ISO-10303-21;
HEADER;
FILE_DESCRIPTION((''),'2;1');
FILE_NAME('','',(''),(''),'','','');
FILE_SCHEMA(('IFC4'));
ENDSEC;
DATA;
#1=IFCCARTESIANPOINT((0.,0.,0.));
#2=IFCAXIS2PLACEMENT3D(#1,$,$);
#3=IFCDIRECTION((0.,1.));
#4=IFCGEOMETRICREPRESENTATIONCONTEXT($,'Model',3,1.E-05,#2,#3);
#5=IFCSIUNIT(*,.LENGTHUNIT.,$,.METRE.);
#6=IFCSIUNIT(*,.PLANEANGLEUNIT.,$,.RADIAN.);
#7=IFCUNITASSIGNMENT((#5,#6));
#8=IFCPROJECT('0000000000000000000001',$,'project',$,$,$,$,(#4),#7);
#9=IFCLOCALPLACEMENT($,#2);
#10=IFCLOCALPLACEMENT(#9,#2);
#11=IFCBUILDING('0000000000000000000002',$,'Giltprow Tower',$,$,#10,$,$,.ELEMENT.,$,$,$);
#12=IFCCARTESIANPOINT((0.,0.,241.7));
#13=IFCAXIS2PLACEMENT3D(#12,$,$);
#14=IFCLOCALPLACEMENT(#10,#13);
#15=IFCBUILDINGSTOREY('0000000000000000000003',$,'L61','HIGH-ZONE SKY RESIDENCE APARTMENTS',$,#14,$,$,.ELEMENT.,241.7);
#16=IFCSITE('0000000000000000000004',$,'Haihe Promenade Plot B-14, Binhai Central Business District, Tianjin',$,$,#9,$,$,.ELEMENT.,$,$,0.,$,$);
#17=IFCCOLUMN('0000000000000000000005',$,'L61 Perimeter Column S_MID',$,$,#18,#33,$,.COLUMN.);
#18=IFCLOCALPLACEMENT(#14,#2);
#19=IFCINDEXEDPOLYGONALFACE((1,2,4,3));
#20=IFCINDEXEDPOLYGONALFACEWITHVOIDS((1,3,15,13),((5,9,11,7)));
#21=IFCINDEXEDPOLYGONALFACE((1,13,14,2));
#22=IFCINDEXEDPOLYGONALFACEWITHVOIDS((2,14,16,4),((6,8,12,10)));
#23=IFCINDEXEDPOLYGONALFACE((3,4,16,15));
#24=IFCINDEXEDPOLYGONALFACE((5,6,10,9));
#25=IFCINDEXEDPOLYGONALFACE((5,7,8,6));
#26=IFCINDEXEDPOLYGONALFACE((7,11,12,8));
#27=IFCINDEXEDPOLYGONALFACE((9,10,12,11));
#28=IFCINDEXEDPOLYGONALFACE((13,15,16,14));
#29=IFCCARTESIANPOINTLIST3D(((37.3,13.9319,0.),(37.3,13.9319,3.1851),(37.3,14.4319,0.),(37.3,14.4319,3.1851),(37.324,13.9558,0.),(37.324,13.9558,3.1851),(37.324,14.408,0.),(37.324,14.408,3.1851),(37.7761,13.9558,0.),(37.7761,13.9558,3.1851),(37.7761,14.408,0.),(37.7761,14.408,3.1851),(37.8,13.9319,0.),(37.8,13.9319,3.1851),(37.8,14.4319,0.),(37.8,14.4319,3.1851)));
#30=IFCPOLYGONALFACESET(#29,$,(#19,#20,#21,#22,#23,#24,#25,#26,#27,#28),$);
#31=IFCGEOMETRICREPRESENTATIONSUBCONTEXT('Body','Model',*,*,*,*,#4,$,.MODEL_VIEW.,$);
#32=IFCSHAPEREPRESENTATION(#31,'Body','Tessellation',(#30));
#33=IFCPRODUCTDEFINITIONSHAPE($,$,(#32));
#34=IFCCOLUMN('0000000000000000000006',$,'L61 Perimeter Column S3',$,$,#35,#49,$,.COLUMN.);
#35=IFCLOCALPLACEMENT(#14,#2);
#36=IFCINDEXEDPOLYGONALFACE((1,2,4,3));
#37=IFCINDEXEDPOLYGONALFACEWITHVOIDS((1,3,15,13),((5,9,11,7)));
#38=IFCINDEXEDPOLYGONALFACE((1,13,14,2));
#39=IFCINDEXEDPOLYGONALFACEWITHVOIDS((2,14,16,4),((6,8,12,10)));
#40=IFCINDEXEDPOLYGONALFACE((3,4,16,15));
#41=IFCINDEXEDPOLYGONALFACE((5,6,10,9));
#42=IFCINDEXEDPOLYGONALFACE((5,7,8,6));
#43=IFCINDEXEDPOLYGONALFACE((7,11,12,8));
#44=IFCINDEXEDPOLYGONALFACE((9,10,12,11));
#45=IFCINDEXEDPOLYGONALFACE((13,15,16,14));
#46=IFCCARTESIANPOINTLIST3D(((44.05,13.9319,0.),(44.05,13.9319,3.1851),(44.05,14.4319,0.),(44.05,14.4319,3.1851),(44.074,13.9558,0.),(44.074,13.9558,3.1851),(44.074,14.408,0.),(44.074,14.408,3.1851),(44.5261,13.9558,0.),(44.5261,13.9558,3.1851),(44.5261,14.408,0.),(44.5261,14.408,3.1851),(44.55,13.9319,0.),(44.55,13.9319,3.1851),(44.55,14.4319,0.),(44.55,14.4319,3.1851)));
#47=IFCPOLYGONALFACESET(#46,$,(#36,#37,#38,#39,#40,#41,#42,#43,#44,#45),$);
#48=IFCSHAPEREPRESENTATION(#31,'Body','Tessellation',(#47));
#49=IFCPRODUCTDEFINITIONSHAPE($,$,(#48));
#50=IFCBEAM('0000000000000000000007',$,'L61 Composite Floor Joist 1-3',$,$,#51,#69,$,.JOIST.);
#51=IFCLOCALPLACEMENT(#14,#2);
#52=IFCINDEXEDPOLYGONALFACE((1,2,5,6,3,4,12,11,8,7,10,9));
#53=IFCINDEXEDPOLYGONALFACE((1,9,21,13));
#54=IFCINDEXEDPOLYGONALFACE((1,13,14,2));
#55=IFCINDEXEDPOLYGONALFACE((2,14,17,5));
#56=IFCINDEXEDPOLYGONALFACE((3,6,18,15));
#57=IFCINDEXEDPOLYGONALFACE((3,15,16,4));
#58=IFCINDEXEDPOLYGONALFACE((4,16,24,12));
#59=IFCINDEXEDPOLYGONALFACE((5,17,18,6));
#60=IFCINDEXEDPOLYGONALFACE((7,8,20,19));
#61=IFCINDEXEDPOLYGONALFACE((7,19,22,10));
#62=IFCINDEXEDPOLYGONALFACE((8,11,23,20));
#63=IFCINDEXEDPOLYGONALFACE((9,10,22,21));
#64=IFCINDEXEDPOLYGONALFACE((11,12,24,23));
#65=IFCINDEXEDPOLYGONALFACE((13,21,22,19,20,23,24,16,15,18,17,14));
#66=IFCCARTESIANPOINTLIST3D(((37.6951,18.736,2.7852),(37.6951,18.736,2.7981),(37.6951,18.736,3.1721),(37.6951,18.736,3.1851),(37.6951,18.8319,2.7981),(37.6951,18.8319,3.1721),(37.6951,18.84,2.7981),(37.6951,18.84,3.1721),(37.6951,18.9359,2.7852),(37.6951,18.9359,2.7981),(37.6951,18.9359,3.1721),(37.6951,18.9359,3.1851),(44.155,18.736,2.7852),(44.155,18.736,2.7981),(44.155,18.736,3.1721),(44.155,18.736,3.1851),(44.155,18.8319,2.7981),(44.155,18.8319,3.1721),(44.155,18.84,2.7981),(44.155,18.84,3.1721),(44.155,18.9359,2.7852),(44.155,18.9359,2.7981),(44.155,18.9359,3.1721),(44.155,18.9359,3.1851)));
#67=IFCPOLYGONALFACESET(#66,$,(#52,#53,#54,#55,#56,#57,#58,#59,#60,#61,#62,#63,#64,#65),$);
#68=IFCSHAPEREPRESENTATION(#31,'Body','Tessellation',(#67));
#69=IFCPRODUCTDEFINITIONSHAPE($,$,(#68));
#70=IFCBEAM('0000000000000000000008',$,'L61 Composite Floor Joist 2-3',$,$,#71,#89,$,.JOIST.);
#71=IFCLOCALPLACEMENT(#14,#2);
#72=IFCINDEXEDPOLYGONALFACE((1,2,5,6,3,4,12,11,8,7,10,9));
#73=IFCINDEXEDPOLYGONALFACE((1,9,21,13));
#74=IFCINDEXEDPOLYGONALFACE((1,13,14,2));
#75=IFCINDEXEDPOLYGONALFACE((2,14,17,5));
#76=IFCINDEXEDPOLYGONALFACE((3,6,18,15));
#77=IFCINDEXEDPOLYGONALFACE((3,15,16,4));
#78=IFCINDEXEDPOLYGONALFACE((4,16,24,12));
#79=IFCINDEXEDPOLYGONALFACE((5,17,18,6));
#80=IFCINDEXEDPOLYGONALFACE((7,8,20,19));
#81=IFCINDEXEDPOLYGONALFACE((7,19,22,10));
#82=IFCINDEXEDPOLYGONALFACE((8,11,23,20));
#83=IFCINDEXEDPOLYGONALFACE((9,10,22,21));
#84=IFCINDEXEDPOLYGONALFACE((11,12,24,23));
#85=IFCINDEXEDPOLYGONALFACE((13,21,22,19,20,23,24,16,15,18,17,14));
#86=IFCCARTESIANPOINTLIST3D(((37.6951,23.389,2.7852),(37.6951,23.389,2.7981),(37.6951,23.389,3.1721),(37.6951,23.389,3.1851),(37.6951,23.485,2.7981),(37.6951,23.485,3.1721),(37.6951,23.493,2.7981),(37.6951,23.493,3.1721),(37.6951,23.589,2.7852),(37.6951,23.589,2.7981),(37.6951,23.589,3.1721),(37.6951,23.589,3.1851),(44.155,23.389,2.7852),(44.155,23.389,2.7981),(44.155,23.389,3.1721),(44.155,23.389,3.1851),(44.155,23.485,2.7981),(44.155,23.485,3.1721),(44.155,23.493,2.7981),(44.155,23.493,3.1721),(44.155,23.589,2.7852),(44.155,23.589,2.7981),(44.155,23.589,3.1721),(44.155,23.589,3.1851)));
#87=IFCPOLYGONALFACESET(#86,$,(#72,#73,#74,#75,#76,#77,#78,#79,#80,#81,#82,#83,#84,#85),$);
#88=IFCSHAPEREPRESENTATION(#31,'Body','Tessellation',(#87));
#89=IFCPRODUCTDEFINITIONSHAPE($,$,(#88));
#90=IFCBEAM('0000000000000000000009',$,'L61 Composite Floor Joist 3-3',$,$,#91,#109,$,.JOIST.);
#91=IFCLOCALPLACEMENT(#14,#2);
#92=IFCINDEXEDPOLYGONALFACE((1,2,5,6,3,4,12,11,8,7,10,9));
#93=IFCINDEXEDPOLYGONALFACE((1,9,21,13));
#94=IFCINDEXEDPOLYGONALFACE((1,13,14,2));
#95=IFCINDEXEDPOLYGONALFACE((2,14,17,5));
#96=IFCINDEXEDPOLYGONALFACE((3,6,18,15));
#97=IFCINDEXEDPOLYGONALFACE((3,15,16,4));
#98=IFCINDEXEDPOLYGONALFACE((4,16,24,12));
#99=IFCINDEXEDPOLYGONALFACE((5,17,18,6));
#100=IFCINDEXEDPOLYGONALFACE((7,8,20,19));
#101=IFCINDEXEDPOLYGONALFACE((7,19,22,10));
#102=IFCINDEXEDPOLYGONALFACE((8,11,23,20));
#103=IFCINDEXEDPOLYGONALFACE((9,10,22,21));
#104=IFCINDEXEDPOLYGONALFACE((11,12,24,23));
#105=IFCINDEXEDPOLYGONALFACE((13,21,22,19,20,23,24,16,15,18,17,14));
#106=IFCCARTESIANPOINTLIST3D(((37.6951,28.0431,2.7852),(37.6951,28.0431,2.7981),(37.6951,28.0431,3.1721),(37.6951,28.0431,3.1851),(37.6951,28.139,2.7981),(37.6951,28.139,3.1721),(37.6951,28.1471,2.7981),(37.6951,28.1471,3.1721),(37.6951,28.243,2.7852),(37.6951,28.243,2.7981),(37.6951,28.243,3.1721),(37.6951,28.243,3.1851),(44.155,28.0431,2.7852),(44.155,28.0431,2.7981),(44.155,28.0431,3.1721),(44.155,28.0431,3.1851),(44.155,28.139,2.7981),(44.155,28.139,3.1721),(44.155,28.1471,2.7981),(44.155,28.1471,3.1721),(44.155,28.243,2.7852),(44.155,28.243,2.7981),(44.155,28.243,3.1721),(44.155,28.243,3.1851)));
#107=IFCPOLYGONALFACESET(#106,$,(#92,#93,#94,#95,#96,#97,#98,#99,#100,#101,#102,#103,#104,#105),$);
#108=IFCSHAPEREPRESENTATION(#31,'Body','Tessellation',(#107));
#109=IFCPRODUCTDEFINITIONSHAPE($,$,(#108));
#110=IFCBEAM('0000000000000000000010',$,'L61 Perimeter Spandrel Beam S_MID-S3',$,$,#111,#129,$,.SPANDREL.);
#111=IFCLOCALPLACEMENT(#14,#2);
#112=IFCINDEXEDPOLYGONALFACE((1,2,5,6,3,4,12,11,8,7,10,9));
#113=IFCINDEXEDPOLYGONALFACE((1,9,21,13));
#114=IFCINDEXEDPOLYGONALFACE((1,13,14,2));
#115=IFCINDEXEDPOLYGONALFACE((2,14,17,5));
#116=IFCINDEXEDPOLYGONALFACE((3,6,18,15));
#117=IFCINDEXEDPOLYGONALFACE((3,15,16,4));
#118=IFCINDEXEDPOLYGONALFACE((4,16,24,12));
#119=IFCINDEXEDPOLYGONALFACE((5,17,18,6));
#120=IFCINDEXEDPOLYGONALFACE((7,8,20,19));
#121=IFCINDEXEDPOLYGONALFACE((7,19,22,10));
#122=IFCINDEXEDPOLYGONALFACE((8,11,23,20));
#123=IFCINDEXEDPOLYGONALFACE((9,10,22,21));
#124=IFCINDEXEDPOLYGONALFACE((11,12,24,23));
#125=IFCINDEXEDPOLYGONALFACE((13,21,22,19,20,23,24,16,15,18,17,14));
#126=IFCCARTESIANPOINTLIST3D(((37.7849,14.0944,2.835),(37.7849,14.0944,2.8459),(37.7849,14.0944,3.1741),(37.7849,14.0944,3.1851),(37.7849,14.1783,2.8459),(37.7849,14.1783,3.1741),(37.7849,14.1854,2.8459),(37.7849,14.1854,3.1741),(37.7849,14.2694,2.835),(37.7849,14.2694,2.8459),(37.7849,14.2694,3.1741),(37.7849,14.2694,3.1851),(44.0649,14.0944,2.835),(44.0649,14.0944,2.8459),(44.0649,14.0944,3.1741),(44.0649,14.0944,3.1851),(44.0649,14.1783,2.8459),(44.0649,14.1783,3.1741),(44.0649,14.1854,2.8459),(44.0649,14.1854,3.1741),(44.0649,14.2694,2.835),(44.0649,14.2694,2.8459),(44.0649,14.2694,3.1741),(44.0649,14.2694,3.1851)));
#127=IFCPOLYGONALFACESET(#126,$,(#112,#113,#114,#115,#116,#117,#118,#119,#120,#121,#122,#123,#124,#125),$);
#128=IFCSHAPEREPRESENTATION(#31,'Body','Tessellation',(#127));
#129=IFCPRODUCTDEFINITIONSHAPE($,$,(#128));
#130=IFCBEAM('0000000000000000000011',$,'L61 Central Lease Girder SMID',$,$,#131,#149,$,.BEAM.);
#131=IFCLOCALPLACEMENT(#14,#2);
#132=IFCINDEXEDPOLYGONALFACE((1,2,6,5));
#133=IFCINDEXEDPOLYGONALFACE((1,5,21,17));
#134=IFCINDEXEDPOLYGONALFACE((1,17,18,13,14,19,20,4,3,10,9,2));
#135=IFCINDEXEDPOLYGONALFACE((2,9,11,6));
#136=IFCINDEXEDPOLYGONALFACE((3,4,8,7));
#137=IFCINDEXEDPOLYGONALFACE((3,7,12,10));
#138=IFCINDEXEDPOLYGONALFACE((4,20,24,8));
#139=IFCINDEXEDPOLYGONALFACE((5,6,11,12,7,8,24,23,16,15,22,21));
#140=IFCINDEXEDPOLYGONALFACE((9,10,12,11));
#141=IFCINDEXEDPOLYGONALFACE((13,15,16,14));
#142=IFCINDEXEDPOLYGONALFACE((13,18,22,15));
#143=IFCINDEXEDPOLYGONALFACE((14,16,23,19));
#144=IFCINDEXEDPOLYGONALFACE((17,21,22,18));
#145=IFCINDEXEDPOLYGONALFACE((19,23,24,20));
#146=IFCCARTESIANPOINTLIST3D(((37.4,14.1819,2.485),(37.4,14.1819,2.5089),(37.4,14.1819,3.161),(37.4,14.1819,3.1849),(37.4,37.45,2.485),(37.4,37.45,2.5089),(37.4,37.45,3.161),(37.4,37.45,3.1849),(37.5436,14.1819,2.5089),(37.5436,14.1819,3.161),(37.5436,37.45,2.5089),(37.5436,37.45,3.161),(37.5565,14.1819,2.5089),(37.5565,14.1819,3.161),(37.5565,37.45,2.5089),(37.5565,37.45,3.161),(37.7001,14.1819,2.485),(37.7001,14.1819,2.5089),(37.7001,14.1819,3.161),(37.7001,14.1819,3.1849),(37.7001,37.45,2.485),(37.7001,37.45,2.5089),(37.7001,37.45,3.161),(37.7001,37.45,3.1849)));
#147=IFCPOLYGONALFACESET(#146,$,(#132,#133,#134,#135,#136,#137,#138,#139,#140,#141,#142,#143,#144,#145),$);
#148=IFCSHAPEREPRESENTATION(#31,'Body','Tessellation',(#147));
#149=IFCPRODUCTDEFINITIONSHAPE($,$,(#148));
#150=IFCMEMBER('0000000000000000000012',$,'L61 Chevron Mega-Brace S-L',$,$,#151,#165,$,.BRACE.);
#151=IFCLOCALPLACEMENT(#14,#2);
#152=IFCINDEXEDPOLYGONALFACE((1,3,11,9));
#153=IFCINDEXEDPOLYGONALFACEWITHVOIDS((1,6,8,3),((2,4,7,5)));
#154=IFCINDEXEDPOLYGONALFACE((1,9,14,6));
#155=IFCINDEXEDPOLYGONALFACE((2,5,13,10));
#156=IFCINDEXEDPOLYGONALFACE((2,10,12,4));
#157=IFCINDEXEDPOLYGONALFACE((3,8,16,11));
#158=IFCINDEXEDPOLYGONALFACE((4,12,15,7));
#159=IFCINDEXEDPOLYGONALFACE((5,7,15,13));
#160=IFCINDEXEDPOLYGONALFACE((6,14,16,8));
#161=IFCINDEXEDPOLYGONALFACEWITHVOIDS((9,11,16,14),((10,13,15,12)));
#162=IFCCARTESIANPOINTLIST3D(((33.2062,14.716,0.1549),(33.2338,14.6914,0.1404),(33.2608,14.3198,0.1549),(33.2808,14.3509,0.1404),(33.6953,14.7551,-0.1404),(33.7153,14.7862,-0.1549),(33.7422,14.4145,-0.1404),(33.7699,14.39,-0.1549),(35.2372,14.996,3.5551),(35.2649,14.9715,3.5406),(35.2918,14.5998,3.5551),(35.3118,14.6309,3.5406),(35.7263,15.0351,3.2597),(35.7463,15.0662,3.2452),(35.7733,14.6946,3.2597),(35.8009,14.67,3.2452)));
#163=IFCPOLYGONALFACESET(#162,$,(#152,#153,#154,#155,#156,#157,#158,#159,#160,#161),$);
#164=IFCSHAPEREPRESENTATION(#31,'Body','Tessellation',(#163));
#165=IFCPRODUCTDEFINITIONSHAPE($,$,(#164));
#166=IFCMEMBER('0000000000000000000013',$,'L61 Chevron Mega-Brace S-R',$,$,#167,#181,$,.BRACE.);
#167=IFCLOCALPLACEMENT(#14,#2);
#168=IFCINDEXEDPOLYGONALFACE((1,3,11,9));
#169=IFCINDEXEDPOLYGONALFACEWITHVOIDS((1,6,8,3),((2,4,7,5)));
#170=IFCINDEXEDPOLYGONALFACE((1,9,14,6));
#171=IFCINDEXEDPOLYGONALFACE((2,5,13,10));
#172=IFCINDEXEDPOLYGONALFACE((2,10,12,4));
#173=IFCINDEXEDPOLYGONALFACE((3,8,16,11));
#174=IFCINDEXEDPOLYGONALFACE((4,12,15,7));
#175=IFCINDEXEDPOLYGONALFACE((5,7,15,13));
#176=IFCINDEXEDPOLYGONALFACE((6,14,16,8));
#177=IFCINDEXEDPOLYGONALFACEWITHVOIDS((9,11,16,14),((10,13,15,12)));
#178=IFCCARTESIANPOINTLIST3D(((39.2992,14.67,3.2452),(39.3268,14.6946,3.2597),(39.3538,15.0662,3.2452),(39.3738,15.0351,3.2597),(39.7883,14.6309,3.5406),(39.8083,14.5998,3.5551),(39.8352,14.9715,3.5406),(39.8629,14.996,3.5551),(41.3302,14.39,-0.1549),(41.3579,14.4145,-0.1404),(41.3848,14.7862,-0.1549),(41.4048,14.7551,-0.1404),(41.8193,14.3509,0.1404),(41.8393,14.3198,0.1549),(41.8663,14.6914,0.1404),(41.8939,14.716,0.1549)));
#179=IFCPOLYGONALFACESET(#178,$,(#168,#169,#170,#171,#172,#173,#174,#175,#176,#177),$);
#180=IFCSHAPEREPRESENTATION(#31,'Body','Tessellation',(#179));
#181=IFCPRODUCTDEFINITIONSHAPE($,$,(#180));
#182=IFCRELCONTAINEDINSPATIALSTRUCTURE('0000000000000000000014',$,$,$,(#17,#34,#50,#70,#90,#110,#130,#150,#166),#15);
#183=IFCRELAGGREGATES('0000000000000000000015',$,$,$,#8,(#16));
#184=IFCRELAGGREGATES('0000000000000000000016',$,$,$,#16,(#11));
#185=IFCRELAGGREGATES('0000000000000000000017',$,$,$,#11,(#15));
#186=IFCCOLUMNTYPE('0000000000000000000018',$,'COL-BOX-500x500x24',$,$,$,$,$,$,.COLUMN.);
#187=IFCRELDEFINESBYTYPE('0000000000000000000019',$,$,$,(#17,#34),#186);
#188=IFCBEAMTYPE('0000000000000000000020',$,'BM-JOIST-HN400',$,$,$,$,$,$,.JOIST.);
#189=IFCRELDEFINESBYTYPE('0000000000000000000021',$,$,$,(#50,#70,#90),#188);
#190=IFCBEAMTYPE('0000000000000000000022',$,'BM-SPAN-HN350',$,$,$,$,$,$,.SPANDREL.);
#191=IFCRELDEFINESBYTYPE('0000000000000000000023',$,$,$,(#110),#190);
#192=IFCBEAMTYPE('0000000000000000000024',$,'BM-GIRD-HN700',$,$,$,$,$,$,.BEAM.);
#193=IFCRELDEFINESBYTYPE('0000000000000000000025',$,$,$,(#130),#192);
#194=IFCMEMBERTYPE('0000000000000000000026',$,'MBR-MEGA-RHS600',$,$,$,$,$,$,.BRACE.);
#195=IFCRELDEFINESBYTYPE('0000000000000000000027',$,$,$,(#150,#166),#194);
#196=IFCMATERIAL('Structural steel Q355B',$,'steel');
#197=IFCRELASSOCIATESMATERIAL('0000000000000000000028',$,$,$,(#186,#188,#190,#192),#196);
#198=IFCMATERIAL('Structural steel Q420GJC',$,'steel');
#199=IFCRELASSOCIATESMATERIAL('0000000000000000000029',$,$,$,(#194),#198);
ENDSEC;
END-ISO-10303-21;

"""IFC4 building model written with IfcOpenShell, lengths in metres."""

from ifc_helpers import new_model, si_unit, direction, frame, origin, origin_2d, place, context, subcontext, project, spatial, hollow_rectangle, i_section, extrude, source, transform, mapped, material, material_profile, profile_set, type_object, element, save


model = new_model("IFC4")

# Units and contexts
model_context = context("Model", 3, precision=1e-05, world=origin(), true_north=direction((0.0, 1.0)))
body_context = subcontext(model_context, "Body", "Model", "MODEL_VIEW")
ifc_project = project(units=[si_unit("LENGTHUNIT", "METRE"), si_unit("PLANEANGLEUNIT", "RADIAN")], contexts=[model_context])

# Site, building, storey
site_placement = place(None, origin())
site = spatial("IfcSite", under=ifc_project, at=site_placement, Name="Haihe Promenade Plot B-14, Binhai Central Business District, Tianjin", CompositionType="ELEMENT", RefElevation=0.0)
building_placement = place(site_placement, origin())
building = spatial("IfcBuilding", under=site, at=building_placement, Name="Giltprow Tower", CompositionType="ELEMENT")
storey_placement = place(building_placement, frame((0.0, 0.0, 241.7)))
storey = spatial("IfcBuildingStorey", under=building, at=storey_placement, Name="L61", Description="HIGH-ZONE SKY RESIDENCE APARTMENTS", CompositionType="ELEMENT", Elevation=241.7)

# Columns
ifc_material_1 = material(Name="Structural steel Q355B", Category="steel")
ifc_material_profile_1 = material_profile(ifc_material_1, hollow_rectangle(XDim=0.5, YDim=0.5, WallThickness=0.0239, at=origin_2d()), Name="BOX 500x500x24")
ifc_profile_set_1 = profile_set([ifc_material_profile_1], Name="Structural steel Q355B")
column_type = type_object("IfcColumnType", Name="COL-BOX-500x500x24", PredefinedType="COLUMN", material=ifc_profile_set_1)
shared_shape_1 = source(origin(), body_context, "Body", "SweptSolid", [
    extrude(hollow_rectangle(XDim=0.5, YDim=0.5, WallThickness=0.0239, at=origin_2d()), origin(), (0.0, 0.0, 1.0), 3.1851),
])
for number, where, z_axis, x_axis, name in (
    (1, (37.55, 14.1819, 0.0), (0.0, 0.0, 1.0), (1.0, 0.0, 0.0), "L61 Perimeter Column S_MID"),
    (2, (44.3, 14.1819, 0.0), (0.0, 0.0, 1.0), (1.0, 0.0, 0.0), "L61 Perimeter Column S3"),
):
    element("IfcColumn", number, at=place(storey_placement, frame(where, z_axis=z_axis, x_axis=x_axis)), inside=storey, type_object=column_type, Name=name, PredefinedType="COLUMN", context=body_context, shape_type="MappedRepresentation", body=[
        mapped(shared_shape_1, transform((0.0, 0.0, 0.0), x_axis=(1.0, 0.0, 0.0), y_axis=(0.0, 1.0, 0.0), z_axis=(0.0, 0.0, 1.0), scale=1.0)),
    ])

# Beams
ifc_material_profile_2 = material_profile(ifc_material_1, i_section(OverallWidth=0.2, OverallDepth=0.3999, WebThickness=0.0081, FlangeThickness=0.0129, at=origin_2d()), Name="HN 400x200x8x13")
ifc_profile_set_2 = profile_set([ifc_material_profile_2], Name="Structural steel Q355B")
beam_type_1 = type_object("IfcBeamType", Name="BM-JOIST-HN400", PredefinedType="JOIST", material=ifc_profile_set_2)
shared_shape_2 = source(origin(), body_context, "Body", "SweptSolid", [
    extrude(i_section(OverallWidth=0.2, OverallDepth=0.3999, WebThickness=0.0081, FlangeThickness=0.0129, at=origin_2d()), origin(), (0.0, 0.0, 1.0), 6.46),
])
for number, where, z_axis, x_axis, name in (
    (3, (37.6951, 18.8359, 2.9851), (1.0, 0.0, 0.0), (0.0, 1.0, 0.0), "L61 Composite Floor Joist 1-3"),
    (4, (37.6951, 23.489, 2.9851), (1.0, 0.0, 0.0), (0.0, 1.0, 0.0), "L61 Composite Floor Joist 2-3"),
    (5, (37.6951, 28.1431, 2.9851), (1.0, 0.0, 0.0), (0.0, 1.0, 0.0), "L61 Composite Floor Joist 3-3"),
):
    element("IfcBeam", number, at=place(storey_placement, frame(where, z_axis=z_axis, x_axis=x_axis)), inside=storey, type_object=beam_type_1, Name=name, PredefinedType="JOIST", context=body_context, shape_type="MappedRepresentation", body=[
        mapped(shared_shape_2, transform((0.0, 0.0, 0.0), x_axis=(1.0, 0.0, 0.0), y_axis=(0.0, 1.0, 0.0), z_axis=(0.0, 0.0, 1.0), scale=1.0)),
    ])
ifc_material_profile_3 = material_profile(ifc_material_1, i_section(OverallWidth=0.175, OverallDepth=0.3501, WebThickness=0.0071, FlangeThickness=0.011, at=origin_2d()), Name="HN 350x175x7x11")
ifc_profile_set_3 = profile_set([ifc_material_profile_3], Name="Structural steel Q355B")
beam_type_2 = type_object("IfcBeamType", Name="BM-SPAN-HN350", PredefinedType="SPANDREL", material=ifc_profile_set_3)
shared_shape_3 = source(origin(), body_context, "Body", "SweptSolid", [
    extrude(i_section(OverallWidth=0.175, OverallDepth=0.3501, WebThickness=0.0071, FlangeThickness=0.011, at=origin_2d()), origin(), (0.0, 0.0, 1.0), 6.28),
])
beam_1_placement = place(storey_placement, frame((37.7849, 14.1819, 3.01), z_axis=(1.0, 0.0, 0.0), x_axis=(0.0, 1.0, 0.0)))
element("IfcBeam", 6, at=beam_1_placement, inside=storey, type_object=beam_type_2, Name="L61 Perimeter Spandrel Beam S_MID-S3", PredefinedType="SPANDREL", context=body_context, shape_type="MappedRepresentation", body=[
    mapped(shared_shape_3, transform((0.0, 0.0, 0.0), x_axis=(1.0, 0.0, 0.0), y_axis=(0.0, 1.0, 0.0), z_axis=(0.0, 0.0, 1.0), scale=1.0)),
])
ifc_material_profile_4 = material_profile(ifc_material_1, i_section(OverallWidth=0.3, OverallDepth=0.7, WebThickness=0.0129, FlangeThickness=0.0239, at=origin_2d()), Name="HN 700x300x13x24")
ifc_profile_set_4 = profile_set([ifc_material_profile_4], Name="Structural steel Q355B")
beam_type_3 = type_object("IfcBeamType", Name="BM-GIRD-HN700", PredefinedType="BEAM", material=ifc_profile_set_4)
shared_shape_4 = source(origin(), body_context, "Body", "SweptSolid", [
    extrude(i_section(OverallWidth=0.3, OverallDepth=0.7, WebThickness=0.0129, FlangeThickness=0.0239, at=origin_2d()), origin(), (0.0, 0.0, 1.0), 23.2681),
])
beam_2_placement = place(storey_placement, frame((37.55, 14.1819, 2.835), z_axis=(0.0, 1.0, 0.0), x_axis=(-1.0, 0.0, 0.0)))
element("IfcBeam", 7, at=beam_2_placement, inside=storey, type_object=beam_type_3, Name="L61 Central Lease Girder SMID", PredefinedType="BEAM", context=body_context, shape_type="MappedRepresentation", body=[
    mapped(shared_shape_4, transform((0.0, 0.0, 0.0), x_axis=(1.0, 0.0, 0.0), y_axis=(0.0, 1.0, 0.0), z_axis=(0.0, 0.0, 1.0), scale=1.0)),
])

# Members
ifc_material_2 = material(Name="Structural steel Q420GJC", Category="steel")
ifc_material_profile_5 = material_profile(ifc_material_2, hollow_rectangle(XDim=0.3999, YDim=0.6001, WallThickness=0.0281, at=origin_2d()), Name="RHS 600x400x28")
ifc_profile_set_5 = profile_set([ifc_material_profile_5], Name="Structural steel Q420GJC")
member_type = type_object("IfcMemberType", Name="MBR-MEGA-RHS600", PredefinedType="BRACE", material=ifc_profile_set_5)
shared_shape_5 = source(origin(), body_context, "Body", "SweptSolid", [
    extrude(hollow_rectangle(XDim=0.3999, YDim=0.6001, WallThickness=0.0281, at=origin_2d()), origin(), (0.0, 0.0, 1.0), 3.9705),
])
for number, where, z_axis, x_axis, name in (
    (8, (33.488, 14.553, 0.0), (0.511532, 0.070529, 0.856365), (-0.136585, 0.990628, 0.0), "L61 Chevron Mega-Brace S-L"),
    (9, (41.6121, 14.553, 0.0), (-0.511532, 0.070529, 0.856365), (-0.136585, -0.990628, 0.0), "L61 Chevron Mega-Brace S-R"),
):
    element("IfcMember", number, at=place(storey_placement, frame(where, z_axis=z_axis, x_axis=x_axis)), inside=storey, type_object=member_type, Name=name, PredefinedType="BRACE", context=body_context, shape_type="MappedRepresentation", body=[
        mapped(shared_shape_5, transform((0.0, 0.0, 0.0), x_axis=(1.0, 0.0, 0.0), y_axis=(0.0, 1.0, 0.0), z_axis=(0.0, 0.0, 1.0), scale=1.0)),
    ])

save(model, "model.ifc")
